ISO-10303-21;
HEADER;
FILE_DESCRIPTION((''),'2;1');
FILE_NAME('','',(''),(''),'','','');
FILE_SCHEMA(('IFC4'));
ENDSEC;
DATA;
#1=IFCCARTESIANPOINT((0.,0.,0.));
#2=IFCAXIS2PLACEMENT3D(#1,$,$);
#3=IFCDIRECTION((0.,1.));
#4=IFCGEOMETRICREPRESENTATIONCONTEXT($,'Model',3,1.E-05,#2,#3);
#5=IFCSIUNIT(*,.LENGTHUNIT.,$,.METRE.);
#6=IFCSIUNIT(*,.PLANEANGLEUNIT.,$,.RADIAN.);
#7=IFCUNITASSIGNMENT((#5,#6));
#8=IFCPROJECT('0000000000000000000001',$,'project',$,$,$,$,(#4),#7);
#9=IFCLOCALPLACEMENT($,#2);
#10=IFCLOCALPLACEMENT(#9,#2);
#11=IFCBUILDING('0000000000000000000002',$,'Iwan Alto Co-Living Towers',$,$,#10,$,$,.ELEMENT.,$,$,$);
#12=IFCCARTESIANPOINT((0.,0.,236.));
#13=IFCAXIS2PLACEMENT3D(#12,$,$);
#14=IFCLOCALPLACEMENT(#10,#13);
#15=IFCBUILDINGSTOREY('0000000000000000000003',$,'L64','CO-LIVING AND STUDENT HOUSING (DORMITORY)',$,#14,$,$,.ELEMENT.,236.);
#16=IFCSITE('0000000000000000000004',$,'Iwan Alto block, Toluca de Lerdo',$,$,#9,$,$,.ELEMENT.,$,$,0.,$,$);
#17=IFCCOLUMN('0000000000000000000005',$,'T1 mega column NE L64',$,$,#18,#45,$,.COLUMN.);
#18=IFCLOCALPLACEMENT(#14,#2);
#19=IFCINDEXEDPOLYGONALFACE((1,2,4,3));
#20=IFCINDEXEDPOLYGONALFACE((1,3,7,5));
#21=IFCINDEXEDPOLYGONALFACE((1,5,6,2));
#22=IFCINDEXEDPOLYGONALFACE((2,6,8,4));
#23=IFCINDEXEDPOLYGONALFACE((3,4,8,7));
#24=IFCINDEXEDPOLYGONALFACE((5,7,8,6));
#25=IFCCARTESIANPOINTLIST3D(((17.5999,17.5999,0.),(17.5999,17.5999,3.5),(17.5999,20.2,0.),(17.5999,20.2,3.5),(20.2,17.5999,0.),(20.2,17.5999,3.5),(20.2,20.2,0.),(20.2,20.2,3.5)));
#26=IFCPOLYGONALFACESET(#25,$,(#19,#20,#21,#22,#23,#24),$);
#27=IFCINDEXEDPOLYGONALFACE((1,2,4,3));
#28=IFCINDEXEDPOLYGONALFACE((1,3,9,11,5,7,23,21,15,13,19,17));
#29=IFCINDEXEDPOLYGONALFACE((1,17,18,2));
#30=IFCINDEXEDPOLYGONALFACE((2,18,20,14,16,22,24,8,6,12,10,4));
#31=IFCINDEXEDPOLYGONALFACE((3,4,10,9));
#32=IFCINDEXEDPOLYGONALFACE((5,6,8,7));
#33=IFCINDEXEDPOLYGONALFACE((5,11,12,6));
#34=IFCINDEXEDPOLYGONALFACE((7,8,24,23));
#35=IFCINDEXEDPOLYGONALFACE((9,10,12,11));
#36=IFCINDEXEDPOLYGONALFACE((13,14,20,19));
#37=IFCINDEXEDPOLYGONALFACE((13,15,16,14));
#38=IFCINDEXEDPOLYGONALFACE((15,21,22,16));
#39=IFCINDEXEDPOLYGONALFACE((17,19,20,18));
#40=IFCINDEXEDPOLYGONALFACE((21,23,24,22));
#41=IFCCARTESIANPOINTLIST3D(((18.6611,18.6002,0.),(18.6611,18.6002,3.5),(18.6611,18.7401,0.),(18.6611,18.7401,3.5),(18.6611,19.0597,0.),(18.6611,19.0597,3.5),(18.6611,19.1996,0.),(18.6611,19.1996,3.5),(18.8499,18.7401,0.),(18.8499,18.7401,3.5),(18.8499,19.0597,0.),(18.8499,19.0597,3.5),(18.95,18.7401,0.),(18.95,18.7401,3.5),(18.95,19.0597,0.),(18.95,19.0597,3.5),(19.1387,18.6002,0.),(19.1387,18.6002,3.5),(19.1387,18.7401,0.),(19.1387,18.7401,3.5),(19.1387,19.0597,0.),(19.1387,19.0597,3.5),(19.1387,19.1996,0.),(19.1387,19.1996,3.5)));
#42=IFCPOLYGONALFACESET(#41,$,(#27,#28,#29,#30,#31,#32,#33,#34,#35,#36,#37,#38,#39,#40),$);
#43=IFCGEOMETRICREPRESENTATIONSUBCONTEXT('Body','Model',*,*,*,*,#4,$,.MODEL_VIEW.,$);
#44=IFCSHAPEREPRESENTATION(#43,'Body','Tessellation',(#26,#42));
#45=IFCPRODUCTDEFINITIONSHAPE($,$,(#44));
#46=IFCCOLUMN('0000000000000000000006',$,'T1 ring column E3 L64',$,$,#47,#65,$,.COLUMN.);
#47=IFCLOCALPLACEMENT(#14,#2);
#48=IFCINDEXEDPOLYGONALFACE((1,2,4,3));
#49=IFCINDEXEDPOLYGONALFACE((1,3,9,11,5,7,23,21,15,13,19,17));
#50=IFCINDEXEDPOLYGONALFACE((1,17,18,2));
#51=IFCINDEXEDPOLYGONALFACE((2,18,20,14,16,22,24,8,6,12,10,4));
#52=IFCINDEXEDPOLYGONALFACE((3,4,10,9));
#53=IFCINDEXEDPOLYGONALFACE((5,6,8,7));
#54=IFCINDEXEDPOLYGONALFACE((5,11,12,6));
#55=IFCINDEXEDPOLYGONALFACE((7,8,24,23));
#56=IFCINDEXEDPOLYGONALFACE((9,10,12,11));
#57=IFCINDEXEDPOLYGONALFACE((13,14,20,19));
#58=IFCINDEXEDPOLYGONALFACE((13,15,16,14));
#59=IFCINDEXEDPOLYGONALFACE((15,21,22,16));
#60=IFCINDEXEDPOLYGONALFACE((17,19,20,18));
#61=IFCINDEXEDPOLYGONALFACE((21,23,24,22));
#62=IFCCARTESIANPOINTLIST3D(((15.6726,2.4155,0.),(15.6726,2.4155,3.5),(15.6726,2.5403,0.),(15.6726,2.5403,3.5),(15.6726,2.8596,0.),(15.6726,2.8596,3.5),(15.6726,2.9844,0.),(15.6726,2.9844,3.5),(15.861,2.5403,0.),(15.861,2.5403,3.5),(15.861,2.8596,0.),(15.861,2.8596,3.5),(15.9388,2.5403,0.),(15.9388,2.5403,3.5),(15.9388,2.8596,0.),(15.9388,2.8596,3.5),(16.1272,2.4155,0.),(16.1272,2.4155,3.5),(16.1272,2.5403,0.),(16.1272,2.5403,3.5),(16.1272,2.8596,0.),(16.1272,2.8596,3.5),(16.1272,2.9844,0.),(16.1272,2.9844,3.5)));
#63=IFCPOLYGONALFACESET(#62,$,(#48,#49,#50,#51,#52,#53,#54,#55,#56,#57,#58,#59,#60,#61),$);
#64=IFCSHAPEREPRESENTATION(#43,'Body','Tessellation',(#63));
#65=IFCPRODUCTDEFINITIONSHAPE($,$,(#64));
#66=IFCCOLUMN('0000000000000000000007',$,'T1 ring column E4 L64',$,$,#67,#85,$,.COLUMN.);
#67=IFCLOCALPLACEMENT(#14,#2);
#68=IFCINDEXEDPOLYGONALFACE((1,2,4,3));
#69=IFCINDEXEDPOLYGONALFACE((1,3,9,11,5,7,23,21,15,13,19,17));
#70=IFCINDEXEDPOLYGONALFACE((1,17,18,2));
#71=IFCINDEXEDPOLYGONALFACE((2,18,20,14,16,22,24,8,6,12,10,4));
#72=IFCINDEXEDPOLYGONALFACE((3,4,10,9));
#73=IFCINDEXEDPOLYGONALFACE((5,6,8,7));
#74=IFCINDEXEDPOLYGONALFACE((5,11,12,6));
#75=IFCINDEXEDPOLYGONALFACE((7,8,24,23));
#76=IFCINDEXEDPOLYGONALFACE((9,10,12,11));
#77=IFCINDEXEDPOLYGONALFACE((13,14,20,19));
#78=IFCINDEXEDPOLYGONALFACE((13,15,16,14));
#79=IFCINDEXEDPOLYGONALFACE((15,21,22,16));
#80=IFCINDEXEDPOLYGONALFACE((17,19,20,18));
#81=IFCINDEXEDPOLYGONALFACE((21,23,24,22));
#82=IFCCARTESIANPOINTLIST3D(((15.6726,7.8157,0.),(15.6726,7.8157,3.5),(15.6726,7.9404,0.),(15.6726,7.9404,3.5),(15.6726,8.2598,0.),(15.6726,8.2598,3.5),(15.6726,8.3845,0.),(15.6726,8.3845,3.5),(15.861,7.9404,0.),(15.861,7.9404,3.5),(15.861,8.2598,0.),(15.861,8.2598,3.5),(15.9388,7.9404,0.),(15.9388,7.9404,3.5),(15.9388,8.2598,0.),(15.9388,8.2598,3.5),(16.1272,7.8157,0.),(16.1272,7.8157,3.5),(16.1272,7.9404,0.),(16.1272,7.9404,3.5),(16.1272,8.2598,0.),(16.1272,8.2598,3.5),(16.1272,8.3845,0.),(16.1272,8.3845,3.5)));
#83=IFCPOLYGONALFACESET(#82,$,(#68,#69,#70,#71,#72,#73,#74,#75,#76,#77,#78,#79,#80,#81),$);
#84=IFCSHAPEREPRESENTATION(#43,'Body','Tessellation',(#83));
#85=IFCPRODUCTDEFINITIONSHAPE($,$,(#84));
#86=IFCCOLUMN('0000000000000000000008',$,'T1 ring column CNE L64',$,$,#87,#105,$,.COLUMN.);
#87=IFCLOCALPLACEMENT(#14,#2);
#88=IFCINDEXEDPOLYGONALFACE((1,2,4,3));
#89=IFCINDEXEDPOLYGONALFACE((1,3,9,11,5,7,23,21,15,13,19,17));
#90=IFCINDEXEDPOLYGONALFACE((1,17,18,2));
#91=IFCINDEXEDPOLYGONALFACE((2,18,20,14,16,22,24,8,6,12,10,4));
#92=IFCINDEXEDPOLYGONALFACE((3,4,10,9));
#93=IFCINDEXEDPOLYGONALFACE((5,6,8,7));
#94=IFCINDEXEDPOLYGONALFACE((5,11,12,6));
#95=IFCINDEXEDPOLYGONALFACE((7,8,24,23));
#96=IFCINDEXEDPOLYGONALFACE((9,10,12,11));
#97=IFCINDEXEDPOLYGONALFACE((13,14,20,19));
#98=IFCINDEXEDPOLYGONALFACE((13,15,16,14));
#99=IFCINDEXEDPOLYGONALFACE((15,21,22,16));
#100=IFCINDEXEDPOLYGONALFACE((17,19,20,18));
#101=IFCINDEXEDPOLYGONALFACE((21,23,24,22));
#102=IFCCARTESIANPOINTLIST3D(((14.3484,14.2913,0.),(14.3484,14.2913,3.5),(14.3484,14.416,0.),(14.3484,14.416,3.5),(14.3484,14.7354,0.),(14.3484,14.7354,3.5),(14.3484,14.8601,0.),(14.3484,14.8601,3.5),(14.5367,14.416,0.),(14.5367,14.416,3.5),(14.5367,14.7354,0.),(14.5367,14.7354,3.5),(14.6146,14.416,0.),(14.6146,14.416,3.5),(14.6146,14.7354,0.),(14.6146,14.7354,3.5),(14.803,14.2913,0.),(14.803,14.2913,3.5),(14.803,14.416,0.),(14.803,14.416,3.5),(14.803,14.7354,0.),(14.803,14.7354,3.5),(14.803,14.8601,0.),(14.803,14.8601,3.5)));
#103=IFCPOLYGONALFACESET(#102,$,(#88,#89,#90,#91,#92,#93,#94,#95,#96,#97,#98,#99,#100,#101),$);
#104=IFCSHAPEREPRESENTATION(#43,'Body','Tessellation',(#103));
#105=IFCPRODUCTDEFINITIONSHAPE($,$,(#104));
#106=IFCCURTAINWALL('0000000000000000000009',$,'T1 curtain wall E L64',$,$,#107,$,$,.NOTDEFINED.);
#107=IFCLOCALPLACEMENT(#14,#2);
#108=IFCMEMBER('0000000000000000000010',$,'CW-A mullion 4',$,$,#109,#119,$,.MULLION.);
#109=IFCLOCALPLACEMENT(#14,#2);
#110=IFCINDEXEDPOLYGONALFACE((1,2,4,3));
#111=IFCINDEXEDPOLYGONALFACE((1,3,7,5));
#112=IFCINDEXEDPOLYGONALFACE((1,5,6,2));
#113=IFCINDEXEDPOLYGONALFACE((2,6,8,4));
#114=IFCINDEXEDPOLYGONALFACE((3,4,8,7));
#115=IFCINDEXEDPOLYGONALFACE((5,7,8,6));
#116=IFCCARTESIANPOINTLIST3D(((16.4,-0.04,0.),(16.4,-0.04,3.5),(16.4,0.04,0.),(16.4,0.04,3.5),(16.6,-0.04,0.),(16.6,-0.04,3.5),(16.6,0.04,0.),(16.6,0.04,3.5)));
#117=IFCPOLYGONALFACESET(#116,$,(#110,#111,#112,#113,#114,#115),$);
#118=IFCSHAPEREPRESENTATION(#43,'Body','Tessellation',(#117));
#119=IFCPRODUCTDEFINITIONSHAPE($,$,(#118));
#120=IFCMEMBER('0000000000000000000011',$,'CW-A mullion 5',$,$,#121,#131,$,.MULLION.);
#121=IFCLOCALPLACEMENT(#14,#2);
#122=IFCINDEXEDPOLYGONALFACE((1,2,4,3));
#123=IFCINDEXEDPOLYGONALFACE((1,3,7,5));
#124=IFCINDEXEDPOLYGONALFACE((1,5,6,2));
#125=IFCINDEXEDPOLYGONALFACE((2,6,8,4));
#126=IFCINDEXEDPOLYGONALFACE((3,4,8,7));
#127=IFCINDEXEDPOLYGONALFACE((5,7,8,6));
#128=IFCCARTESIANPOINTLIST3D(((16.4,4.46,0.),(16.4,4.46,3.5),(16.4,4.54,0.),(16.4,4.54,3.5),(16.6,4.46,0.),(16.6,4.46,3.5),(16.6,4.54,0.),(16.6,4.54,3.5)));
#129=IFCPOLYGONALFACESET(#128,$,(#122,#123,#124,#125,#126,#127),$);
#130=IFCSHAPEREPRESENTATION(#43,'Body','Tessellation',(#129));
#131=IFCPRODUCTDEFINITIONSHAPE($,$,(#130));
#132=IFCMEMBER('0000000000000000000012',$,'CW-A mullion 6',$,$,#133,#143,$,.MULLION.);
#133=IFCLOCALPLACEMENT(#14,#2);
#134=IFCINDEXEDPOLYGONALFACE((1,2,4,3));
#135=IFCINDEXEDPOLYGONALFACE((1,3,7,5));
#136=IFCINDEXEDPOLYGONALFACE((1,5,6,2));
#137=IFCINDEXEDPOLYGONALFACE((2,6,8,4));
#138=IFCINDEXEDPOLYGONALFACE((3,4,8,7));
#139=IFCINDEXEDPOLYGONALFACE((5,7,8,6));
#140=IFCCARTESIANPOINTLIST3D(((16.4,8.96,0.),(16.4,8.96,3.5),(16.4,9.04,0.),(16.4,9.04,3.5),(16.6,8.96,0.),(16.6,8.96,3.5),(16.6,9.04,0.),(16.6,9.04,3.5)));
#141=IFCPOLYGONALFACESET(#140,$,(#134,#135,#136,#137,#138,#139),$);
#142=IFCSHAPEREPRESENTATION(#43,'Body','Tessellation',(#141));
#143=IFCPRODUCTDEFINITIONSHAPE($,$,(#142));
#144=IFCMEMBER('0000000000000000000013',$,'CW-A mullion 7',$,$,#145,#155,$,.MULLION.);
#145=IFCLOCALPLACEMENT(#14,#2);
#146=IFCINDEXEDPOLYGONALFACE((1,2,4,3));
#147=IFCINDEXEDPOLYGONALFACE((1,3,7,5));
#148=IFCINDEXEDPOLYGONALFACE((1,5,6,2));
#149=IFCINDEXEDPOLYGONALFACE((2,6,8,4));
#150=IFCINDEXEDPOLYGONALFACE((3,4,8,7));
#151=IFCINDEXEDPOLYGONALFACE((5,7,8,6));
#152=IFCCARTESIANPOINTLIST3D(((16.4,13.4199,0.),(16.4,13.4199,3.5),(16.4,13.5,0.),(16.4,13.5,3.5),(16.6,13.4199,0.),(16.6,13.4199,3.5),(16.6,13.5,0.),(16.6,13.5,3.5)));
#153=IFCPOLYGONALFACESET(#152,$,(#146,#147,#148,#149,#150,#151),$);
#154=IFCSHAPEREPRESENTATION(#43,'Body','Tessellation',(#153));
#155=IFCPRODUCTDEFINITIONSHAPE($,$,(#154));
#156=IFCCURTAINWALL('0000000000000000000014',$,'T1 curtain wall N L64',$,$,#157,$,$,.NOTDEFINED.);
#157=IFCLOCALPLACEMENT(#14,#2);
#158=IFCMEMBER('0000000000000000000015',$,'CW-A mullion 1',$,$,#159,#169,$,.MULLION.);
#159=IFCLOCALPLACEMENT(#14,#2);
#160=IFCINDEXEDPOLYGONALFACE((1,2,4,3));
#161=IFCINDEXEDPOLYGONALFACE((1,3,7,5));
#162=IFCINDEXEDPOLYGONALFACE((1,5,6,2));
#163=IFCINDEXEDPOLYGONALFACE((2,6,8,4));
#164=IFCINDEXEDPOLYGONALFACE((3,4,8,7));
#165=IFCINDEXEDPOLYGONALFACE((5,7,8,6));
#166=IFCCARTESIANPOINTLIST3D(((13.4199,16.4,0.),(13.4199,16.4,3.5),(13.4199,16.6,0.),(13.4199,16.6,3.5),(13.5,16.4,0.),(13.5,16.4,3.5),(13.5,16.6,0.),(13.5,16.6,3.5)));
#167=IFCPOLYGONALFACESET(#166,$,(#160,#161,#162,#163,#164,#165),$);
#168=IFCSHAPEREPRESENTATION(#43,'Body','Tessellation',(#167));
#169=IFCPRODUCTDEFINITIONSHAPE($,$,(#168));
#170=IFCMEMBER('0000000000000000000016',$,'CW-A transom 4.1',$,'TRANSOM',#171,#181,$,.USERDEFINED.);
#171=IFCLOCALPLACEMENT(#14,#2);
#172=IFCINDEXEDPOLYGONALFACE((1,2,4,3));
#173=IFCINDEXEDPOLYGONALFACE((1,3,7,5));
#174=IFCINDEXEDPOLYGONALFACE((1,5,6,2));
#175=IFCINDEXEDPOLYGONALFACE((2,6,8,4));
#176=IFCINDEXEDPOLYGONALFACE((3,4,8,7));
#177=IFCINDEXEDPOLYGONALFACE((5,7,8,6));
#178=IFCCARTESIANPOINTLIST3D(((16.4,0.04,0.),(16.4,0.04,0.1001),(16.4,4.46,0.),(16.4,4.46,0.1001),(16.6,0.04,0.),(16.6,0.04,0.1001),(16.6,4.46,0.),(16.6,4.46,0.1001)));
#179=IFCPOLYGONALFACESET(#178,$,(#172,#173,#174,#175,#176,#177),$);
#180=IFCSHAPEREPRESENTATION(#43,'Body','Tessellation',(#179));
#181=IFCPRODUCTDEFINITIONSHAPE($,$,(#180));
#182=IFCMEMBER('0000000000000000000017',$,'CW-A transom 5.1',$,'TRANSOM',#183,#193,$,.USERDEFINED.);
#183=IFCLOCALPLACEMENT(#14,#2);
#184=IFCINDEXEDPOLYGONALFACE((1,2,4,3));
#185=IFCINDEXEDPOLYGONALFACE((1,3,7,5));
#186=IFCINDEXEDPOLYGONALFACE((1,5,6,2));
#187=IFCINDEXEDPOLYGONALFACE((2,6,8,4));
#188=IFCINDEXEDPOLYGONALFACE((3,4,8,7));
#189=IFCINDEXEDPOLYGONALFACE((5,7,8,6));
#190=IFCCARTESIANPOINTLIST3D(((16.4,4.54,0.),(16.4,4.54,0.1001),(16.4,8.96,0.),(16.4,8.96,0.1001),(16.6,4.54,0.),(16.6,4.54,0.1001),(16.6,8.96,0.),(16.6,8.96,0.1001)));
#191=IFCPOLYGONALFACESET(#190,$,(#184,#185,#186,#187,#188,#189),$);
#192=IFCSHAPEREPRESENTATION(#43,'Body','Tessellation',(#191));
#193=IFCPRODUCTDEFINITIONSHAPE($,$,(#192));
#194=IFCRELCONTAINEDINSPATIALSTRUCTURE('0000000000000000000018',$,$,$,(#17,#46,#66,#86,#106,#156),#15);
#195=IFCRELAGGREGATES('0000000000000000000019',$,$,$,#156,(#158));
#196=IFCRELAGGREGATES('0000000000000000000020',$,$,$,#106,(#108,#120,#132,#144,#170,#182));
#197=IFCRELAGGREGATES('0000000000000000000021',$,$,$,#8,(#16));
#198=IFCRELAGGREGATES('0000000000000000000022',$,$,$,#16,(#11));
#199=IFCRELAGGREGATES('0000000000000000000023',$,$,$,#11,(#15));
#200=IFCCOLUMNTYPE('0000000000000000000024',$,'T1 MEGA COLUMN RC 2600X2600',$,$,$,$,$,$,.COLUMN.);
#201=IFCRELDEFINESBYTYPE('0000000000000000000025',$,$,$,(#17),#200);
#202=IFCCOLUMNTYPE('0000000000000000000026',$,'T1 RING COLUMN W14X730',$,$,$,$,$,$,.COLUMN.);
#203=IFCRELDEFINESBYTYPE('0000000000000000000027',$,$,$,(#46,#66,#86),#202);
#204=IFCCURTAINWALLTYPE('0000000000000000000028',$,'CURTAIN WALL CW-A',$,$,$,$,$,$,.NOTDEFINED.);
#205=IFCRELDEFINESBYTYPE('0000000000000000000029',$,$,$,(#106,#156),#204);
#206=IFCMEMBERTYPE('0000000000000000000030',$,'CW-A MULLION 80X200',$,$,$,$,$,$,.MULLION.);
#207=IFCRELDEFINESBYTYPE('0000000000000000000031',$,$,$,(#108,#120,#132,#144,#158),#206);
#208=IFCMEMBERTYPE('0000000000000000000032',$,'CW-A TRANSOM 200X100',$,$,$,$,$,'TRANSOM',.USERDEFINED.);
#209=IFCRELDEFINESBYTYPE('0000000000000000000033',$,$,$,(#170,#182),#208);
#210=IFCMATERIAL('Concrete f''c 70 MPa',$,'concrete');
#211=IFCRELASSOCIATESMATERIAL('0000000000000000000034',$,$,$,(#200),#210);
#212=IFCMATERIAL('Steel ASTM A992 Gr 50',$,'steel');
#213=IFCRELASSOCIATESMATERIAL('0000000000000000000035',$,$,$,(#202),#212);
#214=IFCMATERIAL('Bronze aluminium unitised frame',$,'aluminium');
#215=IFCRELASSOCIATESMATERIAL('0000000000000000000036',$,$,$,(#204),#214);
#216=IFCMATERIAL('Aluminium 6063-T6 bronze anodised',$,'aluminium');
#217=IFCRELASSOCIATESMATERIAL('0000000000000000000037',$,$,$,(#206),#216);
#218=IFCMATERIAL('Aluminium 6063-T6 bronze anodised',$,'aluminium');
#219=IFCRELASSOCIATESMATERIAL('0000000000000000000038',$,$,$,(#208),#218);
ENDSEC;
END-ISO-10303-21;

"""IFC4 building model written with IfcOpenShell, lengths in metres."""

from ifc_helpers import new_model, si_unit, direction, frame, origin, origin_2d, place, context, subcontext, project, spatial, rectangle, i_section, extrude, material, material_profile, profile_set, type_object, element, aggregate, save


model = new_model("IFC4")

# Units and contexts
model_context = context("Model", 3, precision=1e-05, world=origin(), true_north=direction((0.0, 1.0)))
body_context = subcontext(model_context, "Body", "Model", "MODEL_VIEW")
ifc_project = project(units=[si_unit("LENGTHUNIT", "METRE"), si_unit("PLANEANGLEUNIT", "RADIAN")], contexts=[model_context])

# Site, building, storey
site_placement = place(None, origin())
site = spatial("IfcSite", under=ifc_project, at=site_placement, Name="Iwan Alto block, Toluca de Lerdo", CompositionType="ELEMENT", RefElevation=0.0)
building_placement = place(site_placement, origin())
building = spatial("IfcBuilding", under=site, at=building_placement, Name="Iwan Alto Co-Living Towers", CompositionType="ELEMENT")
storey_placement = place(building_placement, frame((0.0, 0.0, 236.0)))
storey = spatial("IfcBuildingStorey", under=building, at=storey_placement, Name="L64", Description="CO-LIVING AND STUDENT HOUSING (DORMITORY)", CompositionType="ELEMENT", Elevation=236.0)

# Columns
ifc_material_1 = material(Name="Concrete f'c 70 MPa", Category="concrete")
ifc_material_profile_1 = material_profile(ifc_material_1, rectangle(XDim=2.6001, YDim=2.6001, at=origin_2d()), Name="RC 2600X2600")
ifc_profile_set_1 = profile_set([ifc_material_profile_1], Name="Concrete f'c 70 MPa")
column_type_1 = type_object("IfcColumnType", Name="T1 MEGA COLUMN RC 2600X2600", PredefinedType="COLUMN", material=ifc_profile_set_1)
column_placement = place(storey_placement, frame((18.8999, 18.8999, 0.0), z_axis=(0.0, 0.0, 1.0), x_axis=(1.0, 0.0, 0.0)))
element("IfcColumn", 1, at=column_placement, inside=storey, type_object=column_type_1, Name="T1 mega column NE L64", PredefinedType="COLUMN", context=body_context, shape_type="SweptSolid", body=[
    extrude(rectangle(XDim=2.6001, YDim=2.6001, at=origin_2d()), origin(), (0.0, 0.0, 1.0), 3.5),
    extrude(i_section(OverallWidth=0.4775, OverallDepth=0.5994, WebThickness=0.1001, FlangeThickness=0.1399, at=origin_2d()), origin(), (0.0, 0.0, 1.0), 3.5),
])
ifc_material_2 = material(Name="Steel ASTM A992 Gr 50", Category="steel")
ifc_material_profile_2 = material_profile(ifc_material_2, i_section(OverallWidth=0.4546, OverallDepth=0.5688, WebThickness=0.0779, FlangeThickness=0.1248, at=origin_2d()), Name="W14X730")
ifc_profile_set_2 = profile_set([ifc_material_profile_2], Name="Steel ASTM A992 Gr 50")
column_type_2 = type_object("IfcColumnType", Name="T1 RING COLUMN W14X730", PredefinedType="COLUMN", material=ifc_profile_set_2)
for number, where, z_axis, x_axis, name in (
    (2, (15.8999, 2.7, 0.0), (0.0, 0.0, 1.0), (1.0, 0.0, 0.0), "T1 ring column E3 L64"),
    (3, (15.8999, 8.1001, 0.0), (0.0, 0.0, 1.0), (1.0, 0.0, 0.0), "T1 ring column E4 L64"),
    (4, (14.5757, 14.5757, 0.0), (0.0, 0.0, 1.0), (1.0, 0.0, 0.0), "T1 ring column CNE L64"),
):
    element("IfcColumn", number, at=place(storey_placement, frame(where, z_axis=z_axis, x_axis=x_axis)), inside=storey, type_object=column_type_2, Name=name, PredefinedType="COLUMN", context=body_context, shape_type="SweptSolid", body=[
        extrude(i_section(OverallWidth=0.4546, OverallDepth=0.5688, WebThickness=0.0779, FlangeThickness=0.1248, at=origin_2d()), origin(), (0.0, 0.0, 1.0), 3.5),
    ])

# Curtain wall, members
ifc_material_3 = material(Name="Bronze aluminium unitised frame", Category="aluminium")
curtain_wall_type_1 = type_object("IfcCurtainWallType", Name="CURTAIN WALL CW-A", PredefinedType="NOTDEFINED", material=ifc_material_3)
curtain_wall_1_placement = place(storey_placement, origin())
curtain_wall_1 = element("IfcCurtainWall", 5, at=curtain_wall_1_placement, inside=storey, type_object=curtain_wall_type_1, Name="T1 curtain wall E L64", PredefinedType="NOTDEFINED")
ifc_material_4 = material(Name="Aluminium 6063-T6 bronze anodised", Category="aluminium")
ifc_material_profile_3 = material_profile(ifc_material_4, rectangle(XDim=0.2, YDim=0.0801, at=origin_2d()), Name="AL 80X200")
ifc_profile_set_3 = profile_set([ifc_material_profile_3], Name="Aluminium 6063-T6 bronze anodised")
member_type_1 = type_object("IfcMemberType", Name="CW-A MULLION 80X200", PredefinedType="MULLION", material=ifc_profile_set_3)
member_1_placement = place(storey_placement, frame((16.5, 0.0, 0.0), z_axis=(0.0, 0.0, 1.0), x_axis=(-1.0, 0.0, 0.0)))
member_1 = element("IfcMember", 6, at=member_1_placement, type_object=member_type_1, Name="CW-A mullion 4", PredefinedType="MULLION", context=body_context, shape_type="SweptSolid", body=[
    extrude(rectangle(XDim=0.2, YDim=0.0801, at=origin_2d()), origin(), (0.0, 0.0, 1.0), 3.5),
])
member_2_placement = place(storey_placement, frame((16.5, 4.5, 0.0), z_axis=(0.0, 0.0, 1.0), x_axis=(-1.0, 0.0, 0.0)))
member_2 = element("IfcMember", 7, at=member_2_placement, type_object=member_type_1, Name="CW-A mullion 5", PredefinedType="MULLION", context=body_context, shape_type="SweptSolid", body=[
    extrude(rectangle(XDim=0.2, YDim=0.0801, at=origin_2d()), origin(), (0.0, 0.0, 1.0), 3.5),
])
member_3_placement = place(storey_placement, frame((16.5, 9.0, 0.0), z_axis=(0.0, 0.0, 1.0), x_axis=(-1.0, 0.0, 0.0)))
member_3 = element("IfcMember", 8, at=member_3_placement, type_object=member_type_1, Name="CW-A mullion 6", PredefinedType="MULLION", context=body_context, shape_type="SweptSolid", body=[
    extrude(rectangle(XDim=0.2, YDim=0.0801, at=origin_2d()), origin(), (0.0, 0.0, 1.0), 3.5),
])
member_4_placement = place(storey_placement, frame((16.5, 13.46, 0.0), z_axis=(0.0, 0.0, 1.0), x_axis=(-1.0, 0.0, 0.0)))
member_4 = element("IfcMember", 9, at=member_4_placement, type_object=member_type_1, Name="CW-A mullion 7", PredefinedType="MULLION", context=body_context, shape_type="SweptSolid", body=[
    extrude(rectangle(XDim=0.2, YDim=0.0801, at=origin_2d()), origin(), (0.0, 0.0, 1.0), 3.5),
])

# Curtain wall, member
curtain_wall_2_placement = place(storey_placement, origin())
curtain_wall_2 = element("IfcCurtainWall", 10, at=curtain_wall_2_placement, inside=storey, type_object=curtain_wall_type_1, Name="T1 curtain wall N L64", PredefinedType="NOTDEFINED")
member_5_placement = place(storey_placement, frame((13.46, 16.5, 0.0), z_axis=(0.0, 0.0, 1.0), x_axis=(0.0, -1.0, 0.0)))
member_5 = element("IfcMember", 11, at=member_5_placement, type_object=member_type_1, Name="CW-A mullion 1", PredefinedType="MULLION", context=body_context, shape_type="SweptSolid", body=[
    extrude(rectangle(XDim=0.2, YDim=0.0801, at=origin_2d()), origin(), (0.0, 0.0, 1.0), 3.5),
])
aggregate(curtain_wall_2, [member_5])

# Members
ifc_material_5 = material(Name="Aluminium 6063-T6 bronze anodised", Category="aluminium")
ifc_material_profile_4 = material_profile(ifc_material_5, rectangle(XDim=0.2, YDim=0.1001, at=origin_2d()), Name="AL 200X100")
ifc_profile_set_4 = profile_set([ifc_material_profile_4], Name="Aluminium 6063-T6 bronze anodised")
member_type_2 = type_object("IfcMemberType", Name="CW-A TRANSOM 200X100", ElementType="TRANSOM", PredefinedType="USERDEFINED", material=ifc_profile_set_4)
member_6_placement = place(storey_placement, frame((16.5, 0.04, 0.05), z_axis=(0.0, 1.0, 0.0), x_axis=(-1.0, 0.0, 0.0)))
member_6 = element("IfcMember", 12, at=member_6_placement, type_object=member_type_2, Name="CW-A transom 4.1", ObjectType="TRANSOM", PredefinedType="USERDEFINED", context=body_context, shape_type="SweptSolid", body=[
    extrude(rectangle(XDim=0.2, YDim=0.1001, at=origin_2d()), origin(), (0.0, 0.0, 1.0), 4.4199),
])
member_7_placement = place(storey_placement, frame((16.5, 4.54, 0.05), z_axis=(0.0, 1.0, 0.0), x_axis=(-1.0, 0.0, 0.0)))
member_7 = element("IfcMember", 13, at=member_7_placement, type_object=member_type_2, Name="CW-A transom 5.1", ObjectType="TRANSOM", PredefinedType="USERDEFINED", context=body_context, shape_type="SweptSolid", body=[
    extrude(rectangle(XDim=0.2, YDim=0.1001, at=origin_2d()), origin(), (0.0, 0.0, 1.0), 4.4199),
])

aggregate(curtain_wall_1, [member_1, member_2, member_3, member_4, member_6, member_7])

save(model, "model.ifc")
